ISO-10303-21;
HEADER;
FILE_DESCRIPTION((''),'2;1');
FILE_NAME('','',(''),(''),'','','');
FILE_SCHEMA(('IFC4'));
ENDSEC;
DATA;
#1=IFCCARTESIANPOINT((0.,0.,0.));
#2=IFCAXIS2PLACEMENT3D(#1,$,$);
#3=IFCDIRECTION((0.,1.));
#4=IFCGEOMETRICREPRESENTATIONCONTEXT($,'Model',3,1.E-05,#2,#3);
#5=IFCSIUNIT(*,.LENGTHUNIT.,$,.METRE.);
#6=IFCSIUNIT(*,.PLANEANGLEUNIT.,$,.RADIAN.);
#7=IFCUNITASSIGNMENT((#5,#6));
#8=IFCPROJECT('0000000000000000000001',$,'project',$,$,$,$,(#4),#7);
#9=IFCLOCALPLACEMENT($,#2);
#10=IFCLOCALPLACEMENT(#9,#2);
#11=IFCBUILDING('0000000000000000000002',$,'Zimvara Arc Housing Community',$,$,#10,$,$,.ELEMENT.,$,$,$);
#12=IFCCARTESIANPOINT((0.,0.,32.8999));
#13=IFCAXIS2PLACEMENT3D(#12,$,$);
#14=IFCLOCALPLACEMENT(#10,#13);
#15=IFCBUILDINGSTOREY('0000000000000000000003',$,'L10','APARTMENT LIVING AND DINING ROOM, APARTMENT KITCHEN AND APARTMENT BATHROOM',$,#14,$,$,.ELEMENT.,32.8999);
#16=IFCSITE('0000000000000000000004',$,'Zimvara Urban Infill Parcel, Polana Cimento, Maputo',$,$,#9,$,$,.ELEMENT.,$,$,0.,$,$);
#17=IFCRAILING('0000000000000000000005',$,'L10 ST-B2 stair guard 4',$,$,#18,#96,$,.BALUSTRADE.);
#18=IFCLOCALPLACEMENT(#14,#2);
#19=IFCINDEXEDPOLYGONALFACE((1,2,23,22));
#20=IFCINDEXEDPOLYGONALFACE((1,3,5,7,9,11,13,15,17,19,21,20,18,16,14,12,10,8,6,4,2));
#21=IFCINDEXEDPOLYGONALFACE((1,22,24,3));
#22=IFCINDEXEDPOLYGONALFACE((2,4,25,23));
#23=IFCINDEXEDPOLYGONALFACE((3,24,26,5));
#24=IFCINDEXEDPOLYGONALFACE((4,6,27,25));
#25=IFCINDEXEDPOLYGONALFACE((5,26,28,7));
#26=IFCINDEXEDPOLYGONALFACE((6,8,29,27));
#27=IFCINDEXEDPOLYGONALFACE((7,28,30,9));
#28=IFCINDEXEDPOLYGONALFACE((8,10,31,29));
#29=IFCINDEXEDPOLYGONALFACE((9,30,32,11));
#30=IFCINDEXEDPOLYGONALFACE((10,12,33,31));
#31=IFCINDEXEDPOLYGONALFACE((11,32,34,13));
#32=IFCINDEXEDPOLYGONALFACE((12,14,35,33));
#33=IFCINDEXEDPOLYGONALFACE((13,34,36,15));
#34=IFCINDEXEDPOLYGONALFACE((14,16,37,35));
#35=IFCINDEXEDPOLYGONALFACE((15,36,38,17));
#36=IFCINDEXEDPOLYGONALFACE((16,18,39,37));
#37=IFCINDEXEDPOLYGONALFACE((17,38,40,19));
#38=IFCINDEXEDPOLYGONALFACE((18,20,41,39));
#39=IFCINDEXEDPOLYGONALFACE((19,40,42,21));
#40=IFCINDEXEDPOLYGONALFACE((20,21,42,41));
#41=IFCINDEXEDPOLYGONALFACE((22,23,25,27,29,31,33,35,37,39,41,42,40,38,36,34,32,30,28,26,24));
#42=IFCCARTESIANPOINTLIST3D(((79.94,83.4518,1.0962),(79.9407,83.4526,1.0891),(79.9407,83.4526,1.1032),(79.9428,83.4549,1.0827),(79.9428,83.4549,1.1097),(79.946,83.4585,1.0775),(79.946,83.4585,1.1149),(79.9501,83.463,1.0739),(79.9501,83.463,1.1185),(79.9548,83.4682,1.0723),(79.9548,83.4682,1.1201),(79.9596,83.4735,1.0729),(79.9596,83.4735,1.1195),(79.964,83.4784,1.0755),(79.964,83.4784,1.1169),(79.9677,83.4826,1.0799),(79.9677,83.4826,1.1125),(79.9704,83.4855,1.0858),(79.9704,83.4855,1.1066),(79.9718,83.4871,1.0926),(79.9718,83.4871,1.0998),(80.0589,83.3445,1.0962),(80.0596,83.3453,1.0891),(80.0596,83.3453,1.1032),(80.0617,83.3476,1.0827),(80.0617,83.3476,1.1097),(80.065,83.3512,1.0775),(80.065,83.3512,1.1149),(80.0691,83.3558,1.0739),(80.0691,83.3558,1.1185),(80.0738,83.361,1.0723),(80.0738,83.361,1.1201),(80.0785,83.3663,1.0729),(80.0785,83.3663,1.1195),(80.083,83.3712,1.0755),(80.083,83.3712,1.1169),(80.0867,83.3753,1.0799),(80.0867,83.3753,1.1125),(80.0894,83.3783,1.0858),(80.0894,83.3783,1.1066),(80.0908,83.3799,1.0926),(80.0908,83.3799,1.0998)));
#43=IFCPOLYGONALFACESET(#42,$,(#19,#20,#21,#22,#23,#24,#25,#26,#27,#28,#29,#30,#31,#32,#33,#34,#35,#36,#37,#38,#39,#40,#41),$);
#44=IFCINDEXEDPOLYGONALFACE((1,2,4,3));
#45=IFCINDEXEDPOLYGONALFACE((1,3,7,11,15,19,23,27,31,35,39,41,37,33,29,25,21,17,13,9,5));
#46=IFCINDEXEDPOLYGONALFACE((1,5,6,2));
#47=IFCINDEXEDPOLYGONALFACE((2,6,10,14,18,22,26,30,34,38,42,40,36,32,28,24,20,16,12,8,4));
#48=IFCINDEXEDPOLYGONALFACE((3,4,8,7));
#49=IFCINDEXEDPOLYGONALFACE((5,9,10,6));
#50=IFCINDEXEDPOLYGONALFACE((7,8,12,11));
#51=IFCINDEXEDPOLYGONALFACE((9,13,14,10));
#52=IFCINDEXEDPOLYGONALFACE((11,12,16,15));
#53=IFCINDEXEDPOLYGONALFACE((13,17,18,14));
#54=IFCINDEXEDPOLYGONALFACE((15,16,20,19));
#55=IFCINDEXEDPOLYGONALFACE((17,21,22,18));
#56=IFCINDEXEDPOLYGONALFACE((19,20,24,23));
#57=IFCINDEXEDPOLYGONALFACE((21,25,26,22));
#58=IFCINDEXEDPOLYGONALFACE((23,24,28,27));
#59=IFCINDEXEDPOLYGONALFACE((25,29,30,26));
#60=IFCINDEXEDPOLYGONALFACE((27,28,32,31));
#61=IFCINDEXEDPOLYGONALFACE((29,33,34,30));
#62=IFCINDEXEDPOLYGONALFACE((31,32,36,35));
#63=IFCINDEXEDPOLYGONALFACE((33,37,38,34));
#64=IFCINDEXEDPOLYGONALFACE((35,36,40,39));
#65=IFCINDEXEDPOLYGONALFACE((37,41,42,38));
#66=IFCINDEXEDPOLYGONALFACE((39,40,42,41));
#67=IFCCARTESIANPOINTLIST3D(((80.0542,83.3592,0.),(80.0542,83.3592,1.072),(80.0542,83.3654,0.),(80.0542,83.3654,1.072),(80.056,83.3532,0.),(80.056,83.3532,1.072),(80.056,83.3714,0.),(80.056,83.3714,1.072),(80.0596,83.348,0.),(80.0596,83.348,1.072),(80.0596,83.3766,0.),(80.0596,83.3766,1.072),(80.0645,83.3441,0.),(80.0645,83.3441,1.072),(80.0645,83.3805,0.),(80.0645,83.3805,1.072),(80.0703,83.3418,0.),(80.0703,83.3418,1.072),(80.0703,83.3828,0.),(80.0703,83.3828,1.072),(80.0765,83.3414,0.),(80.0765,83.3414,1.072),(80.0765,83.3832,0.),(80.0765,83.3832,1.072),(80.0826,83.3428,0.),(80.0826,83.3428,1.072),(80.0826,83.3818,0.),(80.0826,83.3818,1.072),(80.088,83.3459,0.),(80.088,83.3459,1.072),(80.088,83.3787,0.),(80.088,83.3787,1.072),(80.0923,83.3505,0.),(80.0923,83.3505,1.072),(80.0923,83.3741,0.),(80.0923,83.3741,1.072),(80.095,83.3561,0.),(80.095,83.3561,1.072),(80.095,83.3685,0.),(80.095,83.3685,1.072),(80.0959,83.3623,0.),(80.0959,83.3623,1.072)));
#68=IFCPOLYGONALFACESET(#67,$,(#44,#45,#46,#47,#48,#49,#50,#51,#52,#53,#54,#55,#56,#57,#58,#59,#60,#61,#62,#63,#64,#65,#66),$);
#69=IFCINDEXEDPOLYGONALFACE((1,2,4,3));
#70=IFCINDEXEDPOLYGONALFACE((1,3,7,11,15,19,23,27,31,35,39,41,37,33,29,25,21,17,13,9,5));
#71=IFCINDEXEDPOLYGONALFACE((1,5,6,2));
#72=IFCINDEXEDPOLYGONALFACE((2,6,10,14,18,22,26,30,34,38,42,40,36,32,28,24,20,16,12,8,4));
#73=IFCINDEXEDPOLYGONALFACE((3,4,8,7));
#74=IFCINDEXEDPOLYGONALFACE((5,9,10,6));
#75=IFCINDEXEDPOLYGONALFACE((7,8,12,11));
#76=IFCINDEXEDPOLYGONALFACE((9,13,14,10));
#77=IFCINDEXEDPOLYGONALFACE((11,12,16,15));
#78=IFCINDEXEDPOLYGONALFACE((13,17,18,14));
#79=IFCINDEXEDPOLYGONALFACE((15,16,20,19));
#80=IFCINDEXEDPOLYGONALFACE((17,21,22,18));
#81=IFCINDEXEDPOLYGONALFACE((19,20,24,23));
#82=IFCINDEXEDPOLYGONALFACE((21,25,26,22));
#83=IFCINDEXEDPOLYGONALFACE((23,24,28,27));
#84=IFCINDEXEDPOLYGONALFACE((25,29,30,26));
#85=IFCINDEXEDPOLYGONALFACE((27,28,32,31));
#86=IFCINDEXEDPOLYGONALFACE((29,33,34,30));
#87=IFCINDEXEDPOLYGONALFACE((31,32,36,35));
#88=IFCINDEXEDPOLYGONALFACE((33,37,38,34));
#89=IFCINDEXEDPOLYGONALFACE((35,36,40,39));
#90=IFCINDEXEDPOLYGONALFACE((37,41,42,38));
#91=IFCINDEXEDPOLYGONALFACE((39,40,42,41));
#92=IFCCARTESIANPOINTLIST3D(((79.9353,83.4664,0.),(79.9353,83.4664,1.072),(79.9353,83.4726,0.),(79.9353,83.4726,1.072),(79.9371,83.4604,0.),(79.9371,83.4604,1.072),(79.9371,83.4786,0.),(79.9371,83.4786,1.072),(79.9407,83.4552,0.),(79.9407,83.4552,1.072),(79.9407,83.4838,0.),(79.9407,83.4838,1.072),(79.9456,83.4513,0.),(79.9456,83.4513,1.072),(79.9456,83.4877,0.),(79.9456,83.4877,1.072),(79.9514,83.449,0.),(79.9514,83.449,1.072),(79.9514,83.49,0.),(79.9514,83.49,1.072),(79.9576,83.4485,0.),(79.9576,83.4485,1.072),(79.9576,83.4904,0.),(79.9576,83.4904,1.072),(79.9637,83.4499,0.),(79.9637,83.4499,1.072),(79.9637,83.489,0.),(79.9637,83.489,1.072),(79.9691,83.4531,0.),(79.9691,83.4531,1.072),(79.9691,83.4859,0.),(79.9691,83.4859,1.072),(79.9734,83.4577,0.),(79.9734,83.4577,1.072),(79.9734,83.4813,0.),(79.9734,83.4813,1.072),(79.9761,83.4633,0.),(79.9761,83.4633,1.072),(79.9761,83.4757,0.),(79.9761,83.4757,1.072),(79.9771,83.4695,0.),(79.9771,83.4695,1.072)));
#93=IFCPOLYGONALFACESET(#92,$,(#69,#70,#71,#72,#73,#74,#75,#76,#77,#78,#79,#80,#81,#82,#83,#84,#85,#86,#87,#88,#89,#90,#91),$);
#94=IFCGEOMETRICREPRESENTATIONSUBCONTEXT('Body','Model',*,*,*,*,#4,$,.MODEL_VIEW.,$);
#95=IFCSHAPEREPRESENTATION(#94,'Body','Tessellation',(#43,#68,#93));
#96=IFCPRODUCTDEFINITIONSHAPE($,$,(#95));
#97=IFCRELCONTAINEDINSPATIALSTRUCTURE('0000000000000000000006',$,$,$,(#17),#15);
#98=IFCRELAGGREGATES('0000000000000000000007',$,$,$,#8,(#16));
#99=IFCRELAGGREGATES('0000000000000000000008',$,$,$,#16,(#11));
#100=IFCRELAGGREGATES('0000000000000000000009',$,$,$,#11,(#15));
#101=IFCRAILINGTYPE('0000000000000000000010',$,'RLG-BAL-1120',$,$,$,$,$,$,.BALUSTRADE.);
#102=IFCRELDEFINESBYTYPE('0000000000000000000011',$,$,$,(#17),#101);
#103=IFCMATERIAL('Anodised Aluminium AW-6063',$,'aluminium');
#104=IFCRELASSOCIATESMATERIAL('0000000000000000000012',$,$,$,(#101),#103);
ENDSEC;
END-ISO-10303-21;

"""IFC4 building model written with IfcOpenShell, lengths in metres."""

from ifc_helpers import new_model, si_unit, direction, frame, origin, origin_2d, place, context, subcontext, project, spatial, circle, extrude, material, type_object, element, save


model = new_model("IFC4")

# Units and contexts
model_context = context("Model", 3, precision=1e-05, world=origin(), true_north=direction((0.0, 1.0)))
body_context = subcontext(model_context, "Body", "Model", "MODEL_VIEW")
ifc_project = project(units=[si_unit("LENGTHUNIT", "METRE"), si_unit("PLANEANGLEUNIT", "RADIAN")], contexts=[model_context])

# Site, building, storey
site_placement = place(None, origin())
site = spatial("IfcSite", under=ifc_project, at=site_placement, Name="Zimvara Urban Infill Parcel, Polana Cimento, Maputo", CompositionType="ELEMENT", RefElevation=0.0)
building_placement = place(site_placement, origin())
building = spatial("IfcBuilding", under=site, at=building_placement, Name="Zimvara Arc Housing Community", CompositionType="ELEMENT")
storey_placement = place(building_placement, frame((0.0, 0.0, 32.8999)))
storey = spatial("IfcBuildingStorey", under=building, at=storey_placement, Name="L10", Description="APARTMENT LIVING AND DINING ROOM, APARTMENT KITCHEN AND APARTMENT BATHROOM", CompositionType="ELEMENT", Elevation=32.8999)

# Railing
ifc_material_1 = material(Name="Anodised Aluminium AW-6063", Category="aluminium")
railing_type_1 = type_object("IfcRailingType", Name="RLG-BAL-1120", PredefinedType="BALUSTRADE", material=ifc_material_1)
railing_1_placement = place(storey_placement, frame((80.075, 83.3623, 0.0)))
element("IfcRailing", 1, at=railing_1_placement, inside=storey, type_object=railing_type_1, Name="L10 ST-B2 stair guard 4", PredefinedType="BALUSTRADE", context=body_context, shape_type="SweptSolid", body=[
    extrude(circle(Radius=0.0239, at=origin_2d()), frame((0.0, 0.0, 1.0962), z_axis=(-0.742763, 0.669554, 0.0), x_axis=(-0.669554, -0.742763, 0.0)), (0.0, 0.0, 1.0), 0.1602),
    extrude(circle(Radius=0.021, at=origin_2d()), origin(), (0.0, 0.0, 1.0), 1.072),
    extrude(circle(Radius=0.021, at=origin_2d()), frame((-0.1189, 0.1072, 0.0)), (0.0, 0.0, 1.0), 1.072),
])

save(model, "model.ifc")
